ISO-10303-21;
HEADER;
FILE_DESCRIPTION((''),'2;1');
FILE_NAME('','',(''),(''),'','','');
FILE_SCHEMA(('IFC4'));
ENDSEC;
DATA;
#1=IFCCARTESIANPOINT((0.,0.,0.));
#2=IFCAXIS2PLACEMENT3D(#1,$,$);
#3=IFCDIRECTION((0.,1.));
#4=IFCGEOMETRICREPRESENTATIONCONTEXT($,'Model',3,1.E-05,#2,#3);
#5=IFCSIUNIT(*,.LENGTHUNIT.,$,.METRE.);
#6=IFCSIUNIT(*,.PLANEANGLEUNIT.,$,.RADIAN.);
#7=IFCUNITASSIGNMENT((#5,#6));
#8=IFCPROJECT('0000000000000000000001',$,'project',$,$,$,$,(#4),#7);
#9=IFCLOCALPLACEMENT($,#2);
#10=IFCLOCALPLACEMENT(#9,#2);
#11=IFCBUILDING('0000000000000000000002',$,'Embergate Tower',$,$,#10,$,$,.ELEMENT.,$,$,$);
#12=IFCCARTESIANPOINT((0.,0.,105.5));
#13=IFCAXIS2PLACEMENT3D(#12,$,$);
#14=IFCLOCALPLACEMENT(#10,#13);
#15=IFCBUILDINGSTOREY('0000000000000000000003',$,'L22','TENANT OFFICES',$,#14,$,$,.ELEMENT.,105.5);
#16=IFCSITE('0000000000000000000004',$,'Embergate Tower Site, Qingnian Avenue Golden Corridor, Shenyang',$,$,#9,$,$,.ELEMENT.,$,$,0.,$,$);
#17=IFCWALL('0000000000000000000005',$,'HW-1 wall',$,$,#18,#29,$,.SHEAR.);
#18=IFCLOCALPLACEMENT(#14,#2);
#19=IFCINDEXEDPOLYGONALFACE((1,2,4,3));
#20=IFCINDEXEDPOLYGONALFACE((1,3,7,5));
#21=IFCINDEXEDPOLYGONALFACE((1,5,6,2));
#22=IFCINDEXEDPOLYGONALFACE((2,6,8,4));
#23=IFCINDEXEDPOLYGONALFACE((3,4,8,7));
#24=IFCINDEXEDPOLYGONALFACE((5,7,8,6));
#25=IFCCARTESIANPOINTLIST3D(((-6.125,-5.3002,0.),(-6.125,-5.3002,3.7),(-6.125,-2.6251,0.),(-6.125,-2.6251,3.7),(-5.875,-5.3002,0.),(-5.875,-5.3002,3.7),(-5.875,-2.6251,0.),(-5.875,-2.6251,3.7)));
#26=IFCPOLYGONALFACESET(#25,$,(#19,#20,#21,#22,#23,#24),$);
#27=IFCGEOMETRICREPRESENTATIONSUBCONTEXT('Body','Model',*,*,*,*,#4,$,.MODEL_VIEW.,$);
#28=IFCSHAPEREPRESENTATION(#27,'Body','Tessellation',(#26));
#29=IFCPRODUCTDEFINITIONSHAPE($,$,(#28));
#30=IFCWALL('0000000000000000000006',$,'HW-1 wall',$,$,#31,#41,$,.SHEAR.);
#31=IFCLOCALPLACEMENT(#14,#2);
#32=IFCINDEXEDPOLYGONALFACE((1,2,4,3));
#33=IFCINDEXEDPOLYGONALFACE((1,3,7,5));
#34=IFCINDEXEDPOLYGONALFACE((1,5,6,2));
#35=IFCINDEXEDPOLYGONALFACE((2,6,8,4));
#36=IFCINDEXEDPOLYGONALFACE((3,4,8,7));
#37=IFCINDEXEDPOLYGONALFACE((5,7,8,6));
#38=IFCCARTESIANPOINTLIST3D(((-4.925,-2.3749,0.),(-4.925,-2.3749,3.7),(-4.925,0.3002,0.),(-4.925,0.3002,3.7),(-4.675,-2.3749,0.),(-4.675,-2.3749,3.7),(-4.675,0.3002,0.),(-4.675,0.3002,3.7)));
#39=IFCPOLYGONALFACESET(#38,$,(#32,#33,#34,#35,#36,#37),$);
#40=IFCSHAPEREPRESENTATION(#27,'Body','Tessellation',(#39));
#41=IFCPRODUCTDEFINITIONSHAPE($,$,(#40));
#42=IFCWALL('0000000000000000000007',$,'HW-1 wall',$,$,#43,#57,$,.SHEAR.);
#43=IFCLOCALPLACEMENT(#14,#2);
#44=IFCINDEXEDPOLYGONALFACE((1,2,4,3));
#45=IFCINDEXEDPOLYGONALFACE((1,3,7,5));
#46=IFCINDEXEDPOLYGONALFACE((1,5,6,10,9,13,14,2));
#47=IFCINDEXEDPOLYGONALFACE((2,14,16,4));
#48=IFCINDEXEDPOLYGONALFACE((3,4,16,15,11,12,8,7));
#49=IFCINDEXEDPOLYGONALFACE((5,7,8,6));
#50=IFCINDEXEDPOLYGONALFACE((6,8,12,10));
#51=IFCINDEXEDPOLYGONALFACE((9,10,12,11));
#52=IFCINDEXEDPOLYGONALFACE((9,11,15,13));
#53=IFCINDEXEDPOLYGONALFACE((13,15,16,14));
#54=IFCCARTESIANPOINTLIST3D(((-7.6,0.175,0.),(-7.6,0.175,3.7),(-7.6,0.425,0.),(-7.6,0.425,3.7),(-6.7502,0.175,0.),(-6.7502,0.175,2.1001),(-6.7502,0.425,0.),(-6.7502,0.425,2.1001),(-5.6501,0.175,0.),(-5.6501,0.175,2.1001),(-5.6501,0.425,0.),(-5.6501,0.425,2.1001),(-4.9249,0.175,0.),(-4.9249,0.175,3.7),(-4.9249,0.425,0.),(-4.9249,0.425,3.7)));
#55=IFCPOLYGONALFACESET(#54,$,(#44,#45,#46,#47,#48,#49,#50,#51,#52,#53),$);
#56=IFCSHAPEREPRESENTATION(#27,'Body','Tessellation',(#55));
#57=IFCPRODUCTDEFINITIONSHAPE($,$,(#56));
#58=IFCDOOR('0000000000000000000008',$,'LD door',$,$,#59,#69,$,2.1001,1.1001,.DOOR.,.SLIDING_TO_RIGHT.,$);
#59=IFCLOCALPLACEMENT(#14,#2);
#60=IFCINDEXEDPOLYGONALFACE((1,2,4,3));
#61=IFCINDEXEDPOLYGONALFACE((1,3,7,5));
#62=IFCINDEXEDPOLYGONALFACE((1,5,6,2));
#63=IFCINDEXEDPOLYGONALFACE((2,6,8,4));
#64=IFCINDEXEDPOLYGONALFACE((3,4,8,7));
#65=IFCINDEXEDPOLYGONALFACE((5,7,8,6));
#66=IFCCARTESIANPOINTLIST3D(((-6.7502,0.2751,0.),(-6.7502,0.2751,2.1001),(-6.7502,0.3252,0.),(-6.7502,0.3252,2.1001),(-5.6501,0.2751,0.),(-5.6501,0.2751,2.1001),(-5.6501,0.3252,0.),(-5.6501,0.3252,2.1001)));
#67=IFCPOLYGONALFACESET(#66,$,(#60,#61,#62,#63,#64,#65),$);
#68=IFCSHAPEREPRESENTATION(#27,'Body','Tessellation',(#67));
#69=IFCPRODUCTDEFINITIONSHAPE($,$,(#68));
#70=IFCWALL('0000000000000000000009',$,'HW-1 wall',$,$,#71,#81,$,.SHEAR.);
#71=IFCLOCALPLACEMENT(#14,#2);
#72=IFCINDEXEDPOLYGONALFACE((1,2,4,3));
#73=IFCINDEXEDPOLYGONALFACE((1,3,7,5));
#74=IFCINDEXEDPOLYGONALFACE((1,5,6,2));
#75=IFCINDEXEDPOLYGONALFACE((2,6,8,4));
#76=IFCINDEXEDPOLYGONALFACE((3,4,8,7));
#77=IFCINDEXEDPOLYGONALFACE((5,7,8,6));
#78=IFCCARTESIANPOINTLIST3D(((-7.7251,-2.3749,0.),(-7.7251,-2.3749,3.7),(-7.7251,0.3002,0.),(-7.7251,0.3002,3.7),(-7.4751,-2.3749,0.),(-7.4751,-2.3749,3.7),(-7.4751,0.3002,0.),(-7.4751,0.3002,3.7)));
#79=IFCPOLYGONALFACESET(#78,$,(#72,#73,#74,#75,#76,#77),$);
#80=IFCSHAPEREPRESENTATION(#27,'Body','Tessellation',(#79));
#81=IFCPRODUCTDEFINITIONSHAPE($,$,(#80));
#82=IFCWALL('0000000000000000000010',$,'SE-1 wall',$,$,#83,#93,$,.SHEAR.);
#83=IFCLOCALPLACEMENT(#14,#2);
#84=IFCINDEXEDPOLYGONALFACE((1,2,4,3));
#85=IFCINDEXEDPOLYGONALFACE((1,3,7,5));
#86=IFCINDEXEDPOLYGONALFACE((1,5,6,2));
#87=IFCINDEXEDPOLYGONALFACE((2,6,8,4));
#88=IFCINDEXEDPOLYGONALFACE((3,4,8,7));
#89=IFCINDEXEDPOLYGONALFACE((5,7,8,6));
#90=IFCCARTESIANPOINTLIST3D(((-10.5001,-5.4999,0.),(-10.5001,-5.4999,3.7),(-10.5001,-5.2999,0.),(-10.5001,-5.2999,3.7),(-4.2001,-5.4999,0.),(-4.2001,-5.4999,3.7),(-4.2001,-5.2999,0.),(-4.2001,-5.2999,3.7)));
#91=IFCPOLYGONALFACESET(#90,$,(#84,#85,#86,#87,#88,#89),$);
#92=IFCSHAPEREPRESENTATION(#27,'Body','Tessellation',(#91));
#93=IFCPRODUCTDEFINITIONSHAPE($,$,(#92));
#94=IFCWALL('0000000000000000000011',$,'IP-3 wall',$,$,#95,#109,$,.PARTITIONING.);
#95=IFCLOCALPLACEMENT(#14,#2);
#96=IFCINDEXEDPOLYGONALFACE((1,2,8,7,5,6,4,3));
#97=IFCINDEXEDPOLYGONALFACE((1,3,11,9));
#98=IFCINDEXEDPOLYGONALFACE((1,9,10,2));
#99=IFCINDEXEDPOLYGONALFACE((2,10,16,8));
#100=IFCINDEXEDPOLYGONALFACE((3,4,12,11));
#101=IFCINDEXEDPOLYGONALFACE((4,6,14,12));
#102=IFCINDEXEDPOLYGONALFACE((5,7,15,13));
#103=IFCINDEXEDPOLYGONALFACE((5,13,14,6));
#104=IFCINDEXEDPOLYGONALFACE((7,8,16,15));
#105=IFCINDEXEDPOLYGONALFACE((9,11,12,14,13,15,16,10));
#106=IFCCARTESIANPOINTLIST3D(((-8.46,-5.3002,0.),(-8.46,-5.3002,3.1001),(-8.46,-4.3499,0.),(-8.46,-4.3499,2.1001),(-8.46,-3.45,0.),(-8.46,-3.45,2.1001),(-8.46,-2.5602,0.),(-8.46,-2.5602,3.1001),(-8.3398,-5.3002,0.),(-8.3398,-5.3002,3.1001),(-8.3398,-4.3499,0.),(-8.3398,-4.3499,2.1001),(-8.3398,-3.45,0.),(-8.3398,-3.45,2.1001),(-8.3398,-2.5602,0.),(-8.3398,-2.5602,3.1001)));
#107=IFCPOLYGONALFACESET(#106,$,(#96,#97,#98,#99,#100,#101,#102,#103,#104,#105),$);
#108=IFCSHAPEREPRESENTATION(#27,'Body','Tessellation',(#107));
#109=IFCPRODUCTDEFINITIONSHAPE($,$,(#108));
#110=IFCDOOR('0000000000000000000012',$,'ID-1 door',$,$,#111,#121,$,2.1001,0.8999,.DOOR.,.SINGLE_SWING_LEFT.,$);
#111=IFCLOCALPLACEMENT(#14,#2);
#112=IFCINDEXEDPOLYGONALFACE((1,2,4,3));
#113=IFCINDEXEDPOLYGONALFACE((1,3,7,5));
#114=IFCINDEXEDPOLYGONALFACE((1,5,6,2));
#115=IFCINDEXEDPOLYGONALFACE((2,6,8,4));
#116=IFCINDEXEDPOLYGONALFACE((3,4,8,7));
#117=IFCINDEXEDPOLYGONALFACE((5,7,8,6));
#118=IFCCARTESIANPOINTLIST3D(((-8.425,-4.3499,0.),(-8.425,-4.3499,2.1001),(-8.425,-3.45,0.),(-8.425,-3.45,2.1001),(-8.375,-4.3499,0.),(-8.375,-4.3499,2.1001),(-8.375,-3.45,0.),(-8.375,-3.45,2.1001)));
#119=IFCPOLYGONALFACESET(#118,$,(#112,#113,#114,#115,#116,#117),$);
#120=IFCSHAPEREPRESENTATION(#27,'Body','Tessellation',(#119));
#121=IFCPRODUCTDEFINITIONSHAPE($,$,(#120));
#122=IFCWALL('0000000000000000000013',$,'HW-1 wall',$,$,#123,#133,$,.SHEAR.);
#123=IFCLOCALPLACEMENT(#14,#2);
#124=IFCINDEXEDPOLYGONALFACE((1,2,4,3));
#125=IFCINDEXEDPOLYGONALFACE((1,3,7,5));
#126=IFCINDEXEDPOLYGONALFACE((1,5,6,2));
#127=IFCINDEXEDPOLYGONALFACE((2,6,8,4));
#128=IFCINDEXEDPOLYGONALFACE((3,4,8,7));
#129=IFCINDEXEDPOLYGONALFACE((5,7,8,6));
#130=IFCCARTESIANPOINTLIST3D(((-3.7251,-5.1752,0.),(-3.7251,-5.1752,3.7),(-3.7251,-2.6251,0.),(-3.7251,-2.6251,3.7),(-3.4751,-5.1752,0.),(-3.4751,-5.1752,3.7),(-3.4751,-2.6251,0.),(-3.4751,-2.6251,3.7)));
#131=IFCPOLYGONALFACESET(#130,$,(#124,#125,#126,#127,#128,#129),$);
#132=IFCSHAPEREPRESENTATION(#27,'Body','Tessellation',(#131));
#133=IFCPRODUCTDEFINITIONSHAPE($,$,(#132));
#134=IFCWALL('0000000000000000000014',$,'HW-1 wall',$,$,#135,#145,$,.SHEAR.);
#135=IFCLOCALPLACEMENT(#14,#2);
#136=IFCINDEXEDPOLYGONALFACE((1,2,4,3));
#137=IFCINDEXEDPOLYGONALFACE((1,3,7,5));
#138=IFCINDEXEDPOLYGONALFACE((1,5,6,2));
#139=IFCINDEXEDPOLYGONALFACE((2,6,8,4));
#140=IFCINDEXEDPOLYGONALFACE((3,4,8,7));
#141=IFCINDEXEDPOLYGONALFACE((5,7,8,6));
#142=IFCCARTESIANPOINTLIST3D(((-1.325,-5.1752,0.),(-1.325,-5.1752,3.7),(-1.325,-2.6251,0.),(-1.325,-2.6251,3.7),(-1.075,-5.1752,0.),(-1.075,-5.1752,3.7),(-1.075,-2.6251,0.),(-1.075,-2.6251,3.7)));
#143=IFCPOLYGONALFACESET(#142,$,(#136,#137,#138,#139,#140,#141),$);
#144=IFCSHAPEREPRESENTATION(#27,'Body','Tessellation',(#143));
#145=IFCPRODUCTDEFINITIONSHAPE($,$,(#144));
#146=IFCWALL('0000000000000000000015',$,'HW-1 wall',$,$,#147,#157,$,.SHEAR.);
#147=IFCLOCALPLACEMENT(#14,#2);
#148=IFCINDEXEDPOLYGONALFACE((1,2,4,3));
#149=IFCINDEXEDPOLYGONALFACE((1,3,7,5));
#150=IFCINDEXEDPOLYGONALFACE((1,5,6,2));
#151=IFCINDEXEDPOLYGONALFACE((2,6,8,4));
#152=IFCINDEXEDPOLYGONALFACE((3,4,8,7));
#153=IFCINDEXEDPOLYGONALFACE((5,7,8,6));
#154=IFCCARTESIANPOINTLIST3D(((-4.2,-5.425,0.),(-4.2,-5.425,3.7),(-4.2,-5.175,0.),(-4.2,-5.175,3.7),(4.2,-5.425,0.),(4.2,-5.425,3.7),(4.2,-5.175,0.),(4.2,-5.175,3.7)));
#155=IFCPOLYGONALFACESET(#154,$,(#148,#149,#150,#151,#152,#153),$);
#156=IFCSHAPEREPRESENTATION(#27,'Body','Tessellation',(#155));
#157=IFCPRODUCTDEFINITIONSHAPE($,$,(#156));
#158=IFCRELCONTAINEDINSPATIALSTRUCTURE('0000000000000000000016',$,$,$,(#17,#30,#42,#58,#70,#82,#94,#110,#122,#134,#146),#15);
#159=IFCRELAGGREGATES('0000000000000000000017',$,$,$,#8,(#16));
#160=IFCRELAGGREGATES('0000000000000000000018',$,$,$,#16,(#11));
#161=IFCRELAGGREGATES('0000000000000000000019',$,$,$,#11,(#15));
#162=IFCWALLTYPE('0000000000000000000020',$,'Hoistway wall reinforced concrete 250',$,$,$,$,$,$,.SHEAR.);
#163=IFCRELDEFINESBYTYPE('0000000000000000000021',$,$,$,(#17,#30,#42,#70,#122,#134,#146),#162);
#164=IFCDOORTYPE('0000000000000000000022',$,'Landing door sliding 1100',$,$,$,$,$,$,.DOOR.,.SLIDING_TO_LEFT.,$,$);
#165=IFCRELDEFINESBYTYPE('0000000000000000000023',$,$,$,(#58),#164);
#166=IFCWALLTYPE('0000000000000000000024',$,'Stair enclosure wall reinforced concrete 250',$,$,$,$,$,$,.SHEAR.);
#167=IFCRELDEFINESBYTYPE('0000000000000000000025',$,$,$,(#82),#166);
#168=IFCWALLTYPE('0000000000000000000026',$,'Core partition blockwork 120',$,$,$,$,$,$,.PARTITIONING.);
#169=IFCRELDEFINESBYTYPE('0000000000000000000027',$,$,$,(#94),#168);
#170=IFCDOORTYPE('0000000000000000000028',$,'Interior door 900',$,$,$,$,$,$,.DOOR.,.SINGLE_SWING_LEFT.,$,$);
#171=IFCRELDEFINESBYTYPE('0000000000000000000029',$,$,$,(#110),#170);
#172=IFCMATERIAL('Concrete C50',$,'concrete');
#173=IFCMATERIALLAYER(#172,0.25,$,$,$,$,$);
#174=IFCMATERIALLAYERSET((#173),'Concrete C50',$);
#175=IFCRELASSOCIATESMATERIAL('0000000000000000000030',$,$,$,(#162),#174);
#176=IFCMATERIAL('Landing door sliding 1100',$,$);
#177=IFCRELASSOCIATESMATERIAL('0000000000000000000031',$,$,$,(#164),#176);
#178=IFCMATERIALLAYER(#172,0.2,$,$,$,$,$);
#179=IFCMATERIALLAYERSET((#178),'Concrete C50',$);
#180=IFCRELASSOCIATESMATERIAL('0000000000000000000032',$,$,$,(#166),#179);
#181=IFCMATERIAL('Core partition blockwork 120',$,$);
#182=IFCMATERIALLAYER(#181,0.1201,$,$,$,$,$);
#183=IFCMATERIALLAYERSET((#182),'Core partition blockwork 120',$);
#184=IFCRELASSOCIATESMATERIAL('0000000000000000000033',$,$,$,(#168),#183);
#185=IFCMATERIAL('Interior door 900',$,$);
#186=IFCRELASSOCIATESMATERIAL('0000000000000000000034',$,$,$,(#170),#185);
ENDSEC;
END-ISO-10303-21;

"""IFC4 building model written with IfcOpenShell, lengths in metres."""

from ifc_helpers import new_model, si_unit, direction, frame, frame_2d, origin, place, context, subcontext, project, spatial, rectangle, extrude, source, transform, mapped, material, layer, layer_set, type_object, element, fill, save


model = new_model("IFC4")

# Units and contexts
model_context = context("Model", 3, precision=1e-05, world=origin(), true_north=direction((0.0, 1.0)))
body_context = subcontext(model_context, "Body", "Model", "MODEL_VIEW")
ifc_project = project(units=[si_unit("LENGTHUNIT", "METRE"), si_unit("PLANEANGLEUNIT", "RADIAN")], contexts=[model_context])

# Site, building, storey
site_placement = place(None, origin())
site = spatial("IfcSite", under=ifc_project, at=site_placement, Name="Embergate Tower Site, Qingnian Avenue Golden Corridor, Shenyang", CompositionType="ELEMENT", RefElevation=0.0)
building_placement = place(site_placement, origin())
building = spatial("IfcBuilding", under=site, at=building_placement, Name="Embergate Tower", CompositionType="ELEMENT")
storey_placement = place(building_placement, frame((0.0, 0.0, 105.5)))
storey = spatial("IfcBuildingStorey", under=building, at=storey_placement, Name="L22", Description="TENANT OFFICES", CompositionType="ELEMENT", Elevation=105.5)

# Walls
ifc_material_1 = material(Name="Concrete C50", Category="concrete")
ifc_layer_1 = layer(ifc_material_1, 0.25)
ifc_layer_set_1 = layer_set([ifc_layer_1], Name="Concrete C50")
wall_type_1 = type_object("IfcWallType", Name="Hoistway wall reinforced concrete 250", PredefinedType="SHEAR", material=ifc_layer_set_1)
shared_shape_1 = source(origin(), body_context, "Body", "SweptSolid", [
    extrude(rectangle(XDim=2.675, YDim=0.25, at=frame_2d((1.3374, 0.0))), origin(), (0.0, 0.0, 1.0), 3.7),
])
for number, where, z_axis, x_axis, name in (
    (1, (-6.0, -5.3, 0.0), (0.0, 0.0, 1.0), (0.0, 1.0, 0.0), "HW-1 wall"),
    (2, (-4.8, 0.3, 0.0), (0.0, 0.0, 1.0), (0.0, -1.0, 0.0), "HW-1 wall"),
):
    element("IfcWall", number, at=place(storey_placement, frame(where, z_axis=z_axis, x_axis=x_axis)), inside=storey, type_object=wall_type_1, Name=name, PredefinedType="SHEAR", context=body_context, shape_type="MappedRepresentation", body=[
        mapped(shared_shape_1, transform((0.0, 0.0, 0.0))),
    ])

# Wall, opening, door
wall_1_placement = place(storey_placement, frame((-4.925, 0.3, 0.0), z_axis=(0.0, 0.0, 1.0), x_axis=(-1.0, 0.0, 0.0)))
wall_1 = element("IfcWall", 3, at=wall_1_placement, inside=storey, type_object=wall_type_1, Name="HW-1 wall", PredefinedType="SHEAR", context=body_context, shape_type="MappedRepresentation", body=[
    mapped(shared_shape_1, transform((0.0, 0.0, 0.0))),
])
shared_shape_2 = source(origin(), body_context, "Body", "SweptSolid", [
    extrude(rectangle(XDim=1.1001, YDim=2.1001, at=frame_2d((0.55, 1.05))), frame((0.0, 0.135, 0.0), z_axis=(0.0, -1.0, 0.0), x_axis=(1.0, 0.0, 0.0)), (0.0, 0.0, 1.0), 0.27),
])
opening_1_placement = place(wall_1_placement, frame((0.7251, 0.0, 0.0)))
opening_1 = element("IfcOpeningElement", 4, at=opening_1_placement, cuts=wall_1, PredefinedType="OPENING", context=body_context, shape_type="MappedRepresentation", body=[
    mapped(shared_shape_2, transform((0.0, 0.0, 0.0))),
])
ifc_material_2 = material(Name="Landing door sliding 1100")
door_type_1 = type_object("IfcDoorType", Name="Landing door sliding 1100", OperationType="SLIDING_TO_LEFT", PredefinedType="DOOR", material=ifc_material_2)
shared_shape_3 = source(origin(), body_context, "Body", "SweptSolid", [
    extrude(rectangle(XDim=1.1001, YDim=2.1001, at=frame_2d((0.55, 1.05))), frame((0.0, 0.0249, 0.0), z_axis=(0.0, -1.0, 0.0), x_axis=(1.0, 0.0, 0.0)), (0.0, 0.0, 1.0), 0.05),
])
door_1_placement = place(opening_1_placement, origin())
door_1 = element("IfcDoor", 5, at=door_1_placement, inside=storey, type_object=door_type_1, Name="LD door", OperationType="SLIDING_TO_RIGHT", OverallHeight=2.1001, OverallWidth=1.1001, PredefinedType="DOOR", context=body_context, shape_type="MappedRepresentation", body=[
    mapped(shared_shape_3, transform((0.0, 0.0, 0.0))),
])
fill(opening_1, door_1)

# Walls
wall_2_placement = place(storey_placement, frame((-7.6001, 0.3, 0.0), z_axis=(0.0, 0.0, 1.0), x_axis=(0.0, -1.0, 0.0)))
element("IfcWall", 6, at=wall_2_placement, inside=storey, type_object=wall_type_1, Name="HW-1 wall", PredefinedType="SHEAR", context=body_context, shape_type="MappedRepresentation", body=[
    mapped(shared_shape_1, transform((0.0, 0.0, 0.0))),
])
ifc_layer_2 = layer(ifc_material_1, 0.2)
ifc_layer_set_2 = layer_set([ifc_layer_2], Name="Concrete C50")
wall_type_2 = type_object("IfcWallType", Name="Stair enclosure wall reinforced concrete 250", PredefinedType="SHEAR", material=ifc_layer_set_2)
shared_shape_4 = source(origin(), body_context, "Body", "SweptSolid", [
    extrude(rectangle(XDim=6.3, YDim=0.2, at=frame_2d((3.1499, 0.0))), origin(), (0.0, 0.0, 1.0), 3.7),
])
wall_3_placement = place(storey_placement, frame((-10.5, -5.3999, 0.0), z_axis=(0.0, 0.0, 1.0), x_axis=(1.0, 0.0, 0.0)))
element("IfcWall", 7, at=wall_3_placement, inside=storey, type_object=wall_type_2, Name="SE-1 wall", PredefinedType="SHEAR", context=body_context, shape_type="MappedRepresentation", body=[
    mapped(shared_shape_4, transform((0.0, 0.0, 0.0))),
])

# Wall, opening, door
ifc_material_3 = material(Name="Core partition blockwork 120")
ifc_layer_3 = layer(ifc_material_3, 0.1201)
ifc_layer_set_3 = layer_set([ifc_layer_3], Name="Core partition blockwork 120")
wall_type_3 = type_object("IfcWallType", Name="Core partition blockwork 120", PredefinedType="PARTITIONING", material=ifc_layer_set_3)
shared_shape_5 = source(origin(), body_context, "Body", "SweptSolid", [
    extrude(rectangle(XDim=2.74, YDim=0.1201, at=frame_2d((1.3701, 0.0))), origin(), (0.0, 0.0, 1.0), 3.1001),
])
wall_4_placement = place(storey_placement, frame((-8.3999, -2.5601, 0.0), z_axis=(0.0, 0.0, 1.0), x_axis=(0.0, -1.0, 0.0)))
wall_4 = element("IfcWall", 8, at=wall_4_placement, inside=storey, type_object=wall_type_3, Name="IP-3 wall", PredefinedType="PARTITIONING", context=body_context, shape_type="MappedRepresentation", body=[
    mapped(shared_shape_5, transform((0.0, 0.0, 0.0))),
])
shared_shape_6 = source(origin(), body_context, "Body", "SweptSolid", [
    extrude(rectangle(XDim=0.8999, YDim=2.1001, at=frame_2d((0.45, 1.05))), frame((0.0, 0.0701, 0.0), z_axis=(0.0, -1.0, 0.0), x_axis=(1.0, 0.0, 0.0)), (0.0, 0.0, 1.0), 0.1401),
])
opening_2_placement = place(wall_4_placement, frame((0.8899, 0.0, 0.0)))
opening_2 = element("IfcOpeningElement", 9, at=opening_2_placement, cuts=wall_4, PredefinedType="OPENING", context=body_context, shape_type="MappedRepresentation", body=[
    mapped(shared_shape_6, transform((0.0, 0.0, 0.0))),
])
ifc_material_4 = material(Name="Interior door 900")
door_type_2 = type_object("IfcDoorType", Name="Interior door 900", OperationType="SINGLE_SWING_LEFT", PredefinedType="DOOR", material=ifc_material_4)
shared_shape_7 = source(origin(), body_context, "Body", "SweptSolid", [
    extrude(rectangle(XDim=0.8999, YDim=2.1001, at=frame_2d((0.45, 1.05))), frame((0.0, 0.0249, 0.0), z_axis=(0.0, -1.0, 0.0), x_axis=(1.0, 0.0, 0.0)), (0.0, 0.0, 1.0), 0.05),
])
door_2_placement = place(opening_2_placement, origin())
door_2 = element("IfcDoor", 10, at=door_2_placement, inside=storey, type_object=door_type_2, Name="ID-1 door", OperationType="SINGLE_SWING_LEFT", OverallHeight=2.1001, OverallWidth=0.8999, PredefinedType="DOOR", context=body_context, shape_type="MappedRepresentation", body=[
    mapped(shared_shape_7, transform((0.0, 0.0, 0.0))),
])
fill(opening_2, door_2)

# Walls
shared_shape_8 = source(origin(), body_context, "Body", "SweptSolid", [
    extrude(rectangle(XDim=2.55, YDim=0.25, at=frame_2d((1.2749, 0.0))), origin(), (0.0, 0.0, 1.0), 3.7),
])
for number, where, z_axis, x_axis, name in (
    (11, (-3.6001, -5.175, 0.0), (0.0, 0.0, 1.0), (0.0, 1.0, 0.0), "HW-1 wall"),
    (12, (-1.2, -5.175, 0.0), (0.0, 0.0, 1.0), (0.0, 1.0, 0.0), "HW-1 wall"),
):
    element("IfcWall", number, at=place(storey_placement, frame(where, z_axis=z_axis, x_axis=x_axis)), inside=storey, type_object=wall_type_1, Name=name, PredefinedType="SHEAR", context=body_context, shape_type="MappedRepresentation", body=[
        mapped(shared_shape_8, transform((0.0, 0.0, 0.0))),
    ])
shared_shape_9 = source(origin(), body_context, "Body", "SweptSolid", [
    extrude(rectangle(XDim=8.3999, YDim=0.25, at=frame_2d((4.2, 0.0))), origin(), (0.0, 0.0, 1.0), 3.7),
])
wall_5_placement = place(storey_placement, frame((-4.2, -5.3, 0.0), z_axis=(0.0, 0.0, 1.0), x_axis=(1.0, 0.0, 0.0)))
element("IfcWall", 13, at=wall_5_placement, inside=storey, type_object=wall_type_1, Name="HW-1 wall", PredefinedType="SHEAR", context=body_context, shape_type="MappedRepresentation", body=[
    mapped(shared_shape_9, transform((0.0, 0.0, 0.0))),
])

save(model, "model.ifc")
